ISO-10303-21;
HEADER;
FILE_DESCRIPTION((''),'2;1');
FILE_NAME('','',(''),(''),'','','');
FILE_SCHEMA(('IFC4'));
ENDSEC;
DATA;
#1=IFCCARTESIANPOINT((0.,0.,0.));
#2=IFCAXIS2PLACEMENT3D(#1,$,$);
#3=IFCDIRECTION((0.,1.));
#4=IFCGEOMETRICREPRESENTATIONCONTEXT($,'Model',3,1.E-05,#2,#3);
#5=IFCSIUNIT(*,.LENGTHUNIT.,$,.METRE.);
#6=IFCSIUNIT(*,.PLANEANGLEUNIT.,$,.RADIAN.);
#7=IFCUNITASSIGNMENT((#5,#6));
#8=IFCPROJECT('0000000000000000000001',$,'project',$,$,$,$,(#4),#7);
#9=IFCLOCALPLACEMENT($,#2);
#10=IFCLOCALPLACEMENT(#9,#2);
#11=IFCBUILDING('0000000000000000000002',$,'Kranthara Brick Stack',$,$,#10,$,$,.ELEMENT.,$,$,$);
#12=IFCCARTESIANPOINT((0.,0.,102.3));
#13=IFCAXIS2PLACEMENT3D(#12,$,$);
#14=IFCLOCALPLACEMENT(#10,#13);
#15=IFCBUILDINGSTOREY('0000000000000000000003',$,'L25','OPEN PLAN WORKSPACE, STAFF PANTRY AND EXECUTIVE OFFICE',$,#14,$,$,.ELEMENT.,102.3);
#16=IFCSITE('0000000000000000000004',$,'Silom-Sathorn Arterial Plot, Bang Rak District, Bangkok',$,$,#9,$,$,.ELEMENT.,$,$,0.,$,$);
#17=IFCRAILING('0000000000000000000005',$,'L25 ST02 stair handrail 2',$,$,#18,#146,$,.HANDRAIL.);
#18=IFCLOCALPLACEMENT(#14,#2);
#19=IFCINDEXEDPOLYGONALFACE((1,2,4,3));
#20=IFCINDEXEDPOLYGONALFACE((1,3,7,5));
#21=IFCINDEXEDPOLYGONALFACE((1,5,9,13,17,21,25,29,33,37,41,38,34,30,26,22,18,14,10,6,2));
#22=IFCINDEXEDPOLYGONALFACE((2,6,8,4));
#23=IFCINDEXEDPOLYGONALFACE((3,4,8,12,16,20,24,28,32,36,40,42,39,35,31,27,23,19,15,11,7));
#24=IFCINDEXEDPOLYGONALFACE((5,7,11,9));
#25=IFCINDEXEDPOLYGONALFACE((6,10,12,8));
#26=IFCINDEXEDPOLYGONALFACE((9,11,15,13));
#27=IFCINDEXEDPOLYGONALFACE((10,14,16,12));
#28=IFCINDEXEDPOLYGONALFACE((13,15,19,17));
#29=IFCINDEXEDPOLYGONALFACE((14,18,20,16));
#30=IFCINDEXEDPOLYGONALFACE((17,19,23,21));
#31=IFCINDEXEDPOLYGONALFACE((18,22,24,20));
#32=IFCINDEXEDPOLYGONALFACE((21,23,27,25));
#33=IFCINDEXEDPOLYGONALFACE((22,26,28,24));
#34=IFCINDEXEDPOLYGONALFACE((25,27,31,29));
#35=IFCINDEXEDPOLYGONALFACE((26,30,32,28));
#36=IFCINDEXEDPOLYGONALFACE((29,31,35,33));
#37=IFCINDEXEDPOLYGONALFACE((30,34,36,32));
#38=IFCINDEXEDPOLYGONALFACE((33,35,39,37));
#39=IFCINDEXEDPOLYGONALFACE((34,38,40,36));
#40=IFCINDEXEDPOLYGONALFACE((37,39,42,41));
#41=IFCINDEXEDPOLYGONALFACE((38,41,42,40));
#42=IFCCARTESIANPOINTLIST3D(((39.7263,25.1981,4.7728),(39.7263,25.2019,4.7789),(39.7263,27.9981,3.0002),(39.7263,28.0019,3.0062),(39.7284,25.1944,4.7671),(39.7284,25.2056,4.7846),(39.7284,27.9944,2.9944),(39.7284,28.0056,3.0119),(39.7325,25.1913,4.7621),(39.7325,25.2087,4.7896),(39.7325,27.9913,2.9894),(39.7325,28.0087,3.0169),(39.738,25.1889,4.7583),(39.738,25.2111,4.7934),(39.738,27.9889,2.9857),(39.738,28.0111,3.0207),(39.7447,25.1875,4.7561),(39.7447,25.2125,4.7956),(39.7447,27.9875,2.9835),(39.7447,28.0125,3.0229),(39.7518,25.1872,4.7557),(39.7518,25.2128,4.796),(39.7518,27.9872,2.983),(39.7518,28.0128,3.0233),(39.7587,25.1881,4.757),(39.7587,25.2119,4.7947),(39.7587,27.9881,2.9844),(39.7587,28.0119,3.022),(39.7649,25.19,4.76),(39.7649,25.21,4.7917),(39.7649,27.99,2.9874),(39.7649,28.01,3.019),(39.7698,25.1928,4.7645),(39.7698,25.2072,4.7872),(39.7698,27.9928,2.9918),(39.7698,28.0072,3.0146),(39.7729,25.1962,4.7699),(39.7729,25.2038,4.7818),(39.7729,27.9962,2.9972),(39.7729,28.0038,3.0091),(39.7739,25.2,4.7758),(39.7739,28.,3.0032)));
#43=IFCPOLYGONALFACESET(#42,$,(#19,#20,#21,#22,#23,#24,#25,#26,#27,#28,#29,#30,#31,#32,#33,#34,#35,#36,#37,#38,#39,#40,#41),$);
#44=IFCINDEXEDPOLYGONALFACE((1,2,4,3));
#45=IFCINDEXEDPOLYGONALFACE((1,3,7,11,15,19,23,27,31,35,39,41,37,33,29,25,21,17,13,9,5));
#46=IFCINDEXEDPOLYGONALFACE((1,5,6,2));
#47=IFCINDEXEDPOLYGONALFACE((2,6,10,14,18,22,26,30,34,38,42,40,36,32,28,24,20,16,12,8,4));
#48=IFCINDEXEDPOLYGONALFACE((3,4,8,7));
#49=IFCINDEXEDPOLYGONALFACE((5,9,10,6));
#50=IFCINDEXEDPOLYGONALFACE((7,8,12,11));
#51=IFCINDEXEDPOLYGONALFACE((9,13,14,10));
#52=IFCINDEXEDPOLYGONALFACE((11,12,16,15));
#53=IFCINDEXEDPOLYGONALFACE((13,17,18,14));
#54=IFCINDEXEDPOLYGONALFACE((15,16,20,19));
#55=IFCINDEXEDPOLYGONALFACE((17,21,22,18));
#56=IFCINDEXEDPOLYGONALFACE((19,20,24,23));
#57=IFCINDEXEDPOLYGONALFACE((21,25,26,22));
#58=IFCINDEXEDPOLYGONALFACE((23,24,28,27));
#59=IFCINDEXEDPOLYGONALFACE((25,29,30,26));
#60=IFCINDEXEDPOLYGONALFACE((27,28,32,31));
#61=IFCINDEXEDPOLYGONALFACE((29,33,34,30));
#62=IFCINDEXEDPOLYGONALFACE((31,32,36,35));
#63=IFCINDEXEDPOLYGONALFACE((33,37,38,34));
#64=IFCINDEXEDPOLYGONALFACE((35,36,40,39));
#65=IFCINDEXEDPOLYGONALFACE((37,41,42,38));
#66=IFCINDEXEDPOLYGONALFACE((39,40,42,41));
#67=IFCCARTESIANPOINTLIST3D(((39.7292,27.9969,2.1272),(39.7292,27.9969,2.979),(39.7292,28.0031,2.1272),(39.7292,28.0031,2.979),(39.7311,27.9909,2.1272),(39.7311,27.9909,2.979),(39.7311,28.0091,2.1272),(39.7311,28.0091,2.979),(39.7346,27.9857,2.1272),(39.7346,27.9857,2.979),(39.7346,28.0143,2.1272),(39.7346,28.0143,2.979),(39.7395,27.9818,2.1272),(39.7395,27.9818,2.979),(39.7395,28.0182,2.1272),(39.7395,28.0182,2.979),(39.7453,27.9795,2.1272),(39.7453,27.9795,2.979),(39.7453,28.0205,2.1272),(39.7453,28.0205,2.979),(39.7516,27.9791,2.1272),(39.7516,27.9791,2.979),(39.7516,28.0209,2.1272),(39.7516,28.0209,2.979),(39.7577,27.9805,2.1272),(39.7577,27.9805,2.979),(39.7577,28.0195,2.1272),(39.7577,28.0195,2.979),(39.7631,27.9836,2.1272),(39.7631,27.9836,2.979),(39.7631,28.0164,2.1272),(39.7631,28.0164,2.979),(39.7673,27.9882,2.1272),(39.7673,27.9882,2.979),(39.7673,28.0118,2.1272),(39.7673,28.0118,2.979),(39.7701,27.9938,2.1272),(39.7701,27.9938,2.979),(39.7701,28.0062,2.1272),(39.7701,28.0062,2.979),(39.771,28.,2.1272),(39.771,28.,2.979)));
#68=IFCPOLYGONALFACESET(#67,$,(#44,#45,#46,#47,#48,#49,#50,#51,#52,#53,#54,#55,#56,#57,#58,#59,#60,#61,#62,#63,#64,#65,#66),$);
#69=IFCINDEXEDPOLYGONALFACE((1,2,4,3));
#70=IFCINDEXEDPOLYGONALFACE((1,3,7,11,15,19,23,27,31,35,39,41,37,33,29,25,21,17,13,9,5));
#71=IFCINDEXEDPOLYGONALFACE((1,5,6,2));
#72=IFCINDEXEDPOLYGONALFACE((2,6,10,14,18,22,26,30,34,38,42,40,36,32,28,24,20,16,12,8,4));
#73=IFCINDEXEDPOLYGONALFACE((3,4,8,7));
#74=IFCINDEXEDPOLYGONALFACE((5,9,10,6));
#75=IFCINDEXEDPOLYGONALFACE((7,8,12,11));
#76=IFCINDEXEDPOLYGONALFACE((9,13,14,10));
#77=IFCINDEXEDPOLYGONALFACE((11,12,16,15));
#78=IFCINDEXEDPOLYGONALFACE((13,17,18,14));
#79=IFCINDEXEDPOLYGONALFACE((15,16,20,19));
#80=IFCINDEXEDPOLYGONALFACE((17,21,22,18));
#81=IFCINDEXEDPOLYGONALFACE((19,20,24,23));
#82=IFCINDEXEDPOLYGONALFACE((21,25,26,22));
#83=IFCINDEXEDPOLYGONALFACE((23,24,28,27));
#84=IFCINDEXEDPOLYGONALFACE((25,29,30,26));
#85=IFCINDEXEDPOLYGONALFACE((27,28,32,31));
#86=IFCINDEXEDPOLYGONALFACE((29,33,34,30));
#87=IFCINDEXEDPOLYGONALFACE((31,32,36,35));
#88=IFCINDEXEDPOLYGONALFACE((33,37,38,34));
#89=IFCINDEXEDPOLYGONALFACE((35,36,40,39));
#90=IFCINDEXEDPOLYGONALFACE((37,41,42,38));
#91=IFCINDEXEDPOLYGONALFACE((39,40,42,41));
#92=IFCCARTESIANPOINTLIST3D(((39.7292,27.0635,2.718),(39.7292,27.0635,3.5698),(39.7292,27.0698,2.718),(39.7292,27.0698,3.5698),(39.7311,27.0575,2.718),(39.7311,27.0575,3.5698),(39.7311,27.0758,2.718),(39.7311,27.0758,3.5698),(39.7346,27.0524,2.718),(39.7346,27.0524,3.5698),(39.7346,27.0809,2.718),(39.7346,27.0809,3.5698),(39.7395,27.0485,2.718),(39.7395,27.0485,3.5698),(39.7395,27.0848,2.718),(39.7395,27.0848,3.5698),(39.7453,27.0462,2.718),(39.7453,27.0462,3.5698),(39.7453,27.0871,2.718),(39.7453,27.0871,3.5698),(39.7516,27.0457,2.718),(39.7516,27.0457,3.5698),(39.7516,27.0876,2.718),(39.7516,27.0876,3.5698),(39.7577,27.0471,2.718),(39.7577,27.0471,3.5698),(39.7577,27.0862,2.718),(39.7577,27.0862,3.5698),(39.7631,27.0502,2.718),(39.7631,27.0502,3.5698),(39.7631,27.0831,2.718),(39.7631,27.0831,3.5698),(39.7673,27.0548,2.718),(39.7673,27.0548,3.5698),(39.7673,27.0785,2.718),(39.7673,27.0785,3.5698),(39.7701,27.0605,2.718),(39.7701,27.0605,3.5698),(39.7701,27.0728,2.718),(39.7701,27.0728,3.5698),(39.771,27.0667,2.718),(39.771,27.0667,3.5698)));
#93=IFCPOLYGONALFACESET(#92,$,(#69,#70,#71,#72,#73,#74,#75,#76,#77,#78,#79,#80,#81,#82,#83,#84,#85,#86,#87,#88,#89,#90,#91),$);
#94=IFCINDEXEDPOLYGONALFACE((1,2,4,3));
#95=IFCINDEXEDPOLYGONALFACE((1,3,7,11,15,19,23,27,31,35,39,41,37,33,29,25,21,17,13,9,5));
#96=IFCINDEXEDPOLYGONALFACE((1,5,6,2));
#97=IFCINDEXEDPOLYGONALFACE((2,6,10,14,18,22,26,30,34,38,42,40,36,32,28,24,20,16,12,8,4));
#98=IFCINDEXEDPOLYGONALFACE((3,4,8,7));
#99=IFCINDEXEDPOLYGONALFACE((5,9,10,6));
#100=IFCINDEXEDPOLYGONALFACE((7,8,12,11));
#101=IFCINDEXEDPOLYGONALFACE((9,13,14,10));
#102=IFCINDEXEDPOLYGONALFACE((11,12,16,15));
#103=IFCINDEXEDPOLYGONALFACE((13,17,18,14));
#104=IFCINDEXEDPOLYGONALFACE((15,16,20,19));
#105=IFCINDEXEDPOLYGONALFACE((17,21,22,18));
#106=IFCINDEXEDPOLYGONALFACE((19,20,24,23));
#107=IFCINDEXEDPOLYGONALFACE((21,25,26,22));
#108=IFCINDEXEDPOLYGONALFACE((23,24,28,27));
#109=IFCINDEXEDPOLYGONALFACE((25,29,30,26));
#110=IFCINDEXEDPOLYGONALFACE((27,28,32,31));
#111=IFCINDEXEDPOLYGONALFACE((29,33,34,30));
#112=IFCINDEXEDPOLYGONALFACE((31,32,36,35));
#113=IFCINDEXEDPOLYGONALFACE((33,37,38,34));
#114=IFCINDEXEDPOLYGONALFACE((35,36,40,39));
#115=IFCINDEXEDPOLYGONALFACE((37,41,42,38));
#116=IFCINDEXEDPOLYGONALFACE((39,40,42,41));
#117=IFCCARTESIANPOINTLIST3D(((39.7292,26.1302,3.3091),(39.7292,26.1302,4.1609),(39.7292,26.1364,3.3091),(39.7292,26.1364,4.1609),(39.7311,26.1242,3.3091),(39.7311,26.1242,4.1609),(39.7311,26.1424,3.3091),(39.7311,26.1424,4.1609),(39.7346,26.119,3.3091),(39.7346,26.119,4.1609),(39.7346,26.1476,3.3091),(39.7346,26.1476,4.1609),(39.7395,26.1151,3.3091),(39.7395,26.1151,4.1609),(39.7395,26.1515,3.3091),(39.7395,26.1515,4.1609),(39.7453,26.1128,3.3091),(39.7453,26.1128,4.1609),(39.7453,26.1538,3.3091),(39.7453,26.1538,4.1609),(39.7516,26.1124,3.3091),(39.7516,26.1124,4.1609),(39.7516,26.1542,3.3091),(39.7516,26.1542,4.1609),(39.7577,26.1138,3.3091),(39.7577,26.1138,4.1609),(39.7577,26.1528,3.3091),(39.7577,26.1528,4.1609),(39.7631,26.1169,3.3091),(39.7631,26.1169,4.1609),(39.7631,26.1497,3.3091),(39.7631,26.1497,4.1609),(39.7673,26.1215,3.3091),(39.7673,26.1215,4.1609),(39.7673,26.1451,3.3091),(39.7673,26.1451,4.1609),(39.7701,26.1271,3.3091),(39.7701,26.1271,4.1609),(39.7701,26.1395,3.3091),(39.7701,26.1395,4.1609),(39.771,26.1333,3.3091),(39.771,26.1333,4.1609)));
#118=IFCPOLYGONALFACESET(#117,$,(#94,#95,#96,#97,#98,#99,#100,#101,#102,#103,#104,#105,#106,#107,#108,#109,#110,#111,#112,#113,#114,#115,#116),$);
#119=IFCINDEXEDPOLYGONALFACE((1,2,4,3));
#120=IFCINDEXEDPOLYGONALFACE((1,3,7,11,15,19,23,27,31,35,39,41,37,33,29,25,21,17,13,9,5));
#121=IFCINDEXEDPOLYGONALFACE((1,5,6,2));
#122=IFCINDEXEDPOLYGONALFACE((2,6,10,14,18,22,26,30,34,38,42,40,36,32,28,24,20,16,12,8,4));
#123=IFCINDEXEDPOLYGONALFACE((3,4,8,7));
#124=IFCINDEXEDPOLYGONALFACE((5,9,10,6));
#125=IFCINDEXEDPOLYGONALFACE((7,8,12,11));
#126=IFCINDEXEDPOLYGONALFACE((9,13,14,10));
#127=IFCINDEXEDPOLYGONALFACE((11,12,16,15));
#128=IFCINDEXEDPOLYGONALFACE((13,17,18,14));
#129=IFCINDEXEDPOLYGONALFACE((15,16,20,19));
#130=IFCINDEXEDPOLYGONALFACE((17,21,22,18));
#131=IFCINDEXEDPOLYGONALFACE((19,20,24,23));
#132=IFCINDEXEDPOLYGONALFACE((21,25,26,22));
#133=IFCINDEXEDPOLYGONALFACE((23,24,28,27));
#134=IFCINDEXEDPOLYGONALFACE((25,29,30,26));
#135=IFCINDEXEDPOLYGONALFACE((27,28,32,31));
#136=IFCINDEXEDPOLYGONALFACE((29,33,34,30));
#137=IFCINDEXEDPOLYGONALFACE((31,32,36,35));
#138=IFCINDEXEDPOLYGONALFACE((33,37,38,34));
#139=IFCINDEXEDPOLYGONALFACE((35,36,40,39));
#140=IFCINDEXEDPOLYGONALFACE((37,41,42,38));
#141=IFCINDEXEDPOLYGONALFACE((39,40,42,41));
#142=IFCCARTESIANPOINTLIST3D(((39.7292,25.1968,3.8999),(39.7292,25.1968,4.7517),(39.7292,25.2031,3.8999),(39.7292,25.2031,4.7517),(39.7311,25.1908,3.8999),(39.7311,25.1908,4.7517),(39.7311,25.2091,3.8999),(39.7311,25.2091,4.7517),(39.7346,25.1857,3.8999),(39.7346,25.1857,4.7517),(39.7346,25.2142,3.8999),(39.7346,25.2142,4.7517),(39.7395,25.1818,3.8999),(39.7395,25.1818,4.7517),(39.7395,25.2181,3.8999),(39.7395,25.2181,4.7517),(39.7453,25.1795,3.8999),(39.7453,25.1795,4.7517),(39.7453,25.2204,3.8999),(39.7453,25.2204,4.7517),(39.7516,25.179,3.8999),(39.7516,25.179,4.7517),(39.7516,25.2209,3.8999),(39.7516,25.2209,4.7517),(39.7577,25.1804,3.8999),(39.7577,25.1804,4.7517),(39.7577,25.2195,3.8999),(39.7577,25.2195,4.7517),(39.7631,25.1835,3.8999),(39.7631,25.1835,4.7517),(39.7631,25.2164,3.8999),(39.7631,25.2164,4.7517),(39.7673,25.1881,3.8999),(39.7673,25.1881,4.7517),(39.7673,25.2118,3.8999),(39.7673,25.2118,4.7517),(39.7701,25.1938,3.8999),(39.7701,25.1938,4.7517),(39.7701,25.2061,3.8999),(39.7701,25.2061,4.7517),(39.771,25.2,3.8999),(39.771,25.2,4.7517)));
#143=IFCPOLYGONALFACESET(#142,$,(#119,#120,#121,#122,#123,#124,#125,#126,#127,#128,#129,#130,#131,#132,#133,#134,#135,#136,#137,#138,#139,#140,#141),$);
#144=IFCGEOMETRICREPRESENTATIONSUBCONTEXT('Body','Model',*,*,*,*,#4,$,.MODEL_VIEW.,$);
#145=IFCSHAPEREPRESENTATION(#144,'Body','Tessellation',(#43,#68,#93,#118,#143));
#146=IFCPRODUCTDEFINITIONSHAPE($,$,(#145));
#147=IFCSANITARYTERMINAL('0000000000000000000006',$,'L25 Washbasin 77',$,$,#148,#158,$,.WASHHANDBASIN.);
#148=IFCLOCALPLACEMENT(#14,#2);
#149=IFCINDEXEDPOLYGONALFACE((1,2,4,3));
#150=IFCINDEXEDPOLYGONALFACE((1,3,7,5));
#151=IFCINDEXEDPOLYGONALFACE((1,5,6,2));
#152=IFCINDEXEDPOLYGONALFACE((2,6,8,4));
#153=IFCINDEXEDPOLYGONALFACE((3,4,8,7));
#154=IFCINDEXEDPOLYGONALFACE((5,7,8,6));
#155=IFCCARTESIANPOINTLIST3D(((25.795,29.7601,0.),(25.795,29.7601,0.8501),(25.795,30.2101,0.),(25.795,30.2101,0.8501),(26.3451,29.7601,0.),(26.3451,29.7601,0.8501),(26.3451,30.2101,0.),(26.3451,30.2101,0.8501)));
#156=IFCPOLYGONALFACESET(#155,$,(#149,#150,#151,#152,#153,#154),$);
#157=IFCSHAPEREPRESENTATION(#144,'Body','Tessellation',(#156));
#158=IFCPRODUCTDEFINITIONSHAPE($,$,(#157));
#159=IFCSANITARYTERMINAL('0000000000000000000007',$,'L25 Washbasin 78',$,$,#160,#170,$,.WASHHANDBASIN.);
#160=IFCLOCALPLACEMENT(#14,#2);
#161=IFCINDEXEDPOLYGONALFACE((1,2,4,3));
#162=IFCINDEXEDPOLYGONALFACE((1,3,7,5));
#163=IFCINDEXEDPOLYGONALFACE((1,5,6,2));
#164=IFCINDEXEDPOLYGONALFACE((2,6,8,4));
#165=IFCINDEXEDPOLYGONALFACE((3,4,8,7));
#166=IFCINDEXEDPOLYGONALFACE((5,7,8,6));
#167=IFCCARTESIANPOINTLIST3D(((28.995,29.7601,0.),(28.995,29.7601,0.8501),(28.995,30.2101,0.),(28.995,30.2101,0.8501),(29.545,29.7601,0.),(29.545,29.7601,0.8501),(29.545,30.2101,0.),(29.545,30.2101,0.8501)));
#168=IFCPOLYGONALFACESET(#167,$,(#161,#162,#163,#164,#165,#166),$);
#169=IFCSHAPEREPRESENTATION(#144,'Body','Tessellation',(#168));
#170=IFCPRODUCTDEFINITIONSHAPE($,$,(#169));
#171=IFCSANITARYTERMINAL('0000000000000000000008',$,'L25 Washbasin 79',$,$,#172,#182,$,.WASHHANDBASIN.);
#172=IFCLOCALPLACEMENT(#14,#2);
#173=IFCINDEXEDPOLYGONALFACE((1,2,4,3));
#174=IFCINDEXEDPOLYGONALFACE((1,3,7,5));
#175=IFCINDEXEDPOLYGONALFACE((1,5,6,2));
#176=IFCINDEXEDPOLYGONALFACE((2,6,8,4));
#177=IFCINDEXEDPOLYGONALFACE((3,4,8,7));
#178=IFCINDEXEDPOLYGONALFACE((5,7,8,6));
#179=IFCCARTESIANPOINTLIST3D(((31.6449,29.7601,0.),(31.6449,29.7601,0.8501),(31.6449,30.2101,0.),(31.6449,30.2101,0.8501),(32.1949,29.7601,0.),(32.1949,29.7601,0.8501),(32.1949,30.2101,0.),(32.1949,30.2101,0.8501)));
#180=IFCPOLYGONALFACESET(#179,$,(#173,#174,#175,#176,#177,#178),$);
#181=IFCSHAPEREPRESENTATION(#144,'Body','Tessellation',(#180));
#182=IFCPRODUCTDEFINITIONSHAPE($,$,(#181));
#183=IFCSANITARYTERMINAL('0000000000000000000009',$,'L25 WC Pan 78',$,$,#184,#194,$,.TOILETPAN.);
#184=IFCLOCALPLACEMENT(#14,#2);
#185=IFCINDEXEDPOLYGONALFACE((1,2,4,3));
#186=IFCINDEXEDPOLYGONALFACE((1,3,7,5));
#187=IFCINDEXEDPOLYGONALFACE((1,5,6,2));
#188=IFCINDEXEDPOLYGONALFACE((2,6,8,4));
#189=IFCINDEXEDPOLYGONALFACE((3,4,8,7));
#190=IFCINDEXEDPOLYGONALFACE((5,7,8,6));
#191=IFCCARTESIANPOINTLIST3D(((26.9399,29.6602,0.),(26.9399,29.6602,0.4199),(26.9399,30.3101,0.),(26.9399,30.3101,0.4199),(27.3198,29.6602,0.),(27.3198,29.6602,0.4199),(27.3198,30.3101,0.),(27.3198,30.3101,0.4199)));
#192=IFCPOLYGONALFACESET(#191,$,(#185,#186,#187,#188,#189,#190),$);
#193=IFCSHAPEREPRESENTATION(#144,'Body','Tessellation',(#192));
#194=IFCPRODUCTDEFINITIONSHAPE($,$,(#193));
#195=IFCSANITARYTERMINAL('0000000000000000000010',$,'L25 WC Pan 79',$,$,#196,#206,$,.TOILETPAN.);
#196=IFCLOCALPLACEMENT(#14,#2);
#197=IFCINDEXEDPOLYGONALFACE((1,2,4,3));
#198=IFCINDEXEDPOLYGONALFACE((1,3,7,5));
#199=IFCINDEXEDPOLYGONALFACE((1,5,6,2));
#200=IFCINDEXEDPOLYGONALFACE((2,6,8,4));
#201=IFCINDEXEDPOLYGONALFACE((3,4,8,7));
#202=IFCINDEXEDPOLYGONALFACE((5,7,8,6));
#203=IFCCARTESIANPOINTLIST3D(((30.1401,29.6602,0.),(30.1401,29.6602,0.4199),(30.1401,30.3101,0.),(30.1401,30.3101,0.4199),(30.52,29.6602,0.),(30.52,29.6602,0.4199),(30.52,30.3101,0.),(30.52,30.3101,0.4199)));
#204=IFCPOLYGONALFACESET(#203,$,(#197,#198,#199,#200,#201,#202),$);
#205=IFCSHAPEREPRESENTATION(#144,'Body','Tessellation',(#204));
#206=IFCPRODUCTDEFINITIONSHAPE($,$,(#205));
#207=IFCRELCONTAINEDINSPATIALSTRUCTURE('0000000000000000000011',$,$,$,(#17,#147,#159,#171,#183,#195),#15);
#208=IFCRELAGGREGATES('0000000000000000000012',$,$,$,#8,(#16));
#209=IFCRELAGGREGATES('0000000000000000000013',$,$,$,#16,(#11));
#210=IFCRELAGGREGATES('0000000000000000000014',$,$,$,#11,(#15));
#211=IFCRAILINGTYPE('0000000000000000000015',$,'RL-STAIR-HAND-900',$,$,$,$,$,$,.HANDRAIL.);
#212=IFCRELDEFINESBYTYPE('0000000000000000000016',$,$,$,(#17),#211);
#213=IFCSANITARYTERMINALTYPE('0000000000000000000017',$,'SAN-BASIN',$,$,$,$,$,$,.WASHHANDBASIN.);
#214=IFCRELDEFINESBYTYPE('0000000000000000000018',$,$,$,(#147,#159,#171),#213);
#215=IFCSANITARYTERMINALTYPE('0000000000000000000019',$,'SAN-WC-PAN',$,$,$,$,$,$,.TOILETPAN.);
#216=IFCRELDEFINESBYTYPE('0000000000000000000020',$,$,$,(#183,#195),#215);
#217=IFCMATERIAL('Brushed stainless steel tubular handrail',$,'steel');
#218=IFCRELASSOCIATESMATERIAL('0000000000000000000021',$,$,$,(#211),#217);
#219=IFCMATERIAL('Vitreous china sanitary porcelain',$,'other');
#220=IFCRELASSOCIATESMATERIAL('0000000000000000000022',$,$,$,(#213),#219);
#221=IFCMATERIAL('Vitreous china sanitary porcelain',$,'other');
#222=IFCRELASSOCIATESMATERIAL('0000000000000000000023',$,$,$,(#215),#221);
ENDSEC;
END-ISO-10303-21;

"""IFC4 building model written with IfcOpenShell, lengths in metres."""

from ifc_helpers import new_model, si_unit, direction, frame, origin, origin_2d, place, context, subcontext, project, spatial, rectangle, circle, extrude, material, type_object, element, save


model = new_model("IFC4")

# Units and contexts
model_context = context("Model", 3, precision=1e-05, world=origin(), true_north=direction((0.0, 1.0)))
body_context = subcontext(model_context, "Body", "Model", "MODEL_VIEW")
ifc_project = project(units=[si_unit("LENGTHUNIT", "METRE"), si_unit("PLANEANGLEUNIT", "RADIAN")], contexts=[model_context])

# Site, building, storey
site_placement = place(None, origin())
site = spatial("IfcSite", under=ifc_project, at=site_placement, Name="Silom-Sathorn Arterial Plot, Bang Rak District, Bangkok", CompositionType="ELEMENT", RefElevation=0.0)
building_placement = place(site_placement, origin())
building = spatial("IfcBuilding", under=site, at=building_placement, Name="Kranthara Brick Stack", CompositionType="ELEMENT")
storey_placement = place(building_placement, frame((0.0, 0.0, 102.3)))
storey = spatial("IfcBuildingStorey", under=building, at=storey_placement, Name="L25", Description="OPEN PLAN WORKSPACE, STAFF PANTRY AND EXECUTIVE OFFICE", CompositionType="ELEMENT", Elevation=102.3)

# Railing
ifc_material_1 = material(Name="Brushed stainless steel tubular handrail", Category="steel")
railing_type_1 = type_object("IfcRailingType", Name="RL-STAIR-HAND-900", PredefinedType="HANDRAIL", material=ifc_material_1)
railing_1_placement = place(storey_placement, frame((39.75, 28.0, 2.1272)))
element("IfcRailing", 1, at=railing_1_placement, inside=storey, type_object=railing_type_1, Name="L25 ST02 stair handrail 2", PredefinedType="HANDRAIL", context=body_context, shape_type="SweptSolid", body=[
    extrude(circle(Radius=0.0239, at=origin_2d()), frame((0.0, 0.0, 0.876), z_axis=(0.0, -0.844909, 0.53491), x_axis=(1.0, 0.0, 0.0)), (0.0, 0.0, 1.0), 3.314),
    extrude(circle(Radius=0.021, at=origin_2d()), origin(), (0.0, 0.0, 1.0), 0.8518),
    extrude(circle(Radius=0.021, at=origin_2d()), frame((0.0, -0.9333, 0.5908)), (0.0, 0.0, 1.0), 0.8518),
    extrude(circle(Radius=0.021, at=origin_2d()), frame((0.0, -1.8667, 1.1819)), (0.0, 0.0, 1.0), 0.8518),
    extrude(circle(Radius=0.021, at=origin_2d()), frame((0.0, -2.8, 1.7727)), (0.0, 0.0, 1.0), 0.8518),
])

# Sanitary terminals
ifc_material_2 = material(Name="Vitreous china sanitary porcelain", Category="other")
sanitary_terminal_type_1 = type_object("IfcSanitaryTerminalType", Name="SAN-BASIN", PredefinedType="WASHHANDBASIN", material=ifc_material_2)
for number, where, z_axis, x_axis, name in (
    (2, (26.0701, 29.9851, 0.0), (0.0, 0.0, 1.0), (1.0, 0.0, 0.0), "L25 Washbasin 77"),
    (3, (29.27, 29.9851, 0.0), (0.0, 0.0, 1.0), (1.0, 0.0, 0.0), "L25 Washbasin 78"),
    (4, (31.9199, 29.9851, 0.0), (0.0, 0.0, 1.0), (1.0, 0.0, 0.0), "L25 Washbasin 79"),
):
    element("IfcSanitaryTerminal", number, at=place(storey_placement, frame(where, z_axis=z_axis, x_axis=x_axis)), inside=storey, type_object=sanitary_terminal_type_1, Name=name, PredefinedType="WASHHANDBASIN", context=body_context, shape_type="SweptSolid", body=[
        extrude(rectangle(XDim=0.55, YDim=0.45, at=origin_2d()), origin(), (0.0, 0.0, 1.0), 0.8501),
    ])
ifc_material_3 = material(Name="Vitreous china sanitary porcelain", Category="other")
sanitary_terminal_type_2 = type_object("IfcSanitaryTerminalType", Name="SAN-WC-PAN", PredefinedType="TOILETPAN", material=ifc_material_3)
for number, where, z_axis, x_axis, name in (
    (5, (27.1299, 29.9851, 0.0), (0.0, 0.0, 1.0), (1.0, 0.0, 0.0), "L25 WC Pan 78"),
    (6, (30.3301, 29.9851, 0.0), (0.0, 0.0, 1.0), (1.0, 0.0, 0.0), "L25 WC Pan 79"),
):
    element("IfcSanitaryTerminal", number, at=place(storey_placement, frame(where, z_axis=z_axis, x_axis=x_axis)), inside=storey, type_object=sanitary_terminal_type_2, Name=name, PredefinedType="TOILETPAN", context=body_context, shape_type="SweptSolid", body=[
        extrude(rectangle(XDim=0.3799, YDim=0.6499, at=origin_2d()), origin(), (0.0, 0.0, 1.0), 0.4199),
    ])

save(model, "model.ifc")
